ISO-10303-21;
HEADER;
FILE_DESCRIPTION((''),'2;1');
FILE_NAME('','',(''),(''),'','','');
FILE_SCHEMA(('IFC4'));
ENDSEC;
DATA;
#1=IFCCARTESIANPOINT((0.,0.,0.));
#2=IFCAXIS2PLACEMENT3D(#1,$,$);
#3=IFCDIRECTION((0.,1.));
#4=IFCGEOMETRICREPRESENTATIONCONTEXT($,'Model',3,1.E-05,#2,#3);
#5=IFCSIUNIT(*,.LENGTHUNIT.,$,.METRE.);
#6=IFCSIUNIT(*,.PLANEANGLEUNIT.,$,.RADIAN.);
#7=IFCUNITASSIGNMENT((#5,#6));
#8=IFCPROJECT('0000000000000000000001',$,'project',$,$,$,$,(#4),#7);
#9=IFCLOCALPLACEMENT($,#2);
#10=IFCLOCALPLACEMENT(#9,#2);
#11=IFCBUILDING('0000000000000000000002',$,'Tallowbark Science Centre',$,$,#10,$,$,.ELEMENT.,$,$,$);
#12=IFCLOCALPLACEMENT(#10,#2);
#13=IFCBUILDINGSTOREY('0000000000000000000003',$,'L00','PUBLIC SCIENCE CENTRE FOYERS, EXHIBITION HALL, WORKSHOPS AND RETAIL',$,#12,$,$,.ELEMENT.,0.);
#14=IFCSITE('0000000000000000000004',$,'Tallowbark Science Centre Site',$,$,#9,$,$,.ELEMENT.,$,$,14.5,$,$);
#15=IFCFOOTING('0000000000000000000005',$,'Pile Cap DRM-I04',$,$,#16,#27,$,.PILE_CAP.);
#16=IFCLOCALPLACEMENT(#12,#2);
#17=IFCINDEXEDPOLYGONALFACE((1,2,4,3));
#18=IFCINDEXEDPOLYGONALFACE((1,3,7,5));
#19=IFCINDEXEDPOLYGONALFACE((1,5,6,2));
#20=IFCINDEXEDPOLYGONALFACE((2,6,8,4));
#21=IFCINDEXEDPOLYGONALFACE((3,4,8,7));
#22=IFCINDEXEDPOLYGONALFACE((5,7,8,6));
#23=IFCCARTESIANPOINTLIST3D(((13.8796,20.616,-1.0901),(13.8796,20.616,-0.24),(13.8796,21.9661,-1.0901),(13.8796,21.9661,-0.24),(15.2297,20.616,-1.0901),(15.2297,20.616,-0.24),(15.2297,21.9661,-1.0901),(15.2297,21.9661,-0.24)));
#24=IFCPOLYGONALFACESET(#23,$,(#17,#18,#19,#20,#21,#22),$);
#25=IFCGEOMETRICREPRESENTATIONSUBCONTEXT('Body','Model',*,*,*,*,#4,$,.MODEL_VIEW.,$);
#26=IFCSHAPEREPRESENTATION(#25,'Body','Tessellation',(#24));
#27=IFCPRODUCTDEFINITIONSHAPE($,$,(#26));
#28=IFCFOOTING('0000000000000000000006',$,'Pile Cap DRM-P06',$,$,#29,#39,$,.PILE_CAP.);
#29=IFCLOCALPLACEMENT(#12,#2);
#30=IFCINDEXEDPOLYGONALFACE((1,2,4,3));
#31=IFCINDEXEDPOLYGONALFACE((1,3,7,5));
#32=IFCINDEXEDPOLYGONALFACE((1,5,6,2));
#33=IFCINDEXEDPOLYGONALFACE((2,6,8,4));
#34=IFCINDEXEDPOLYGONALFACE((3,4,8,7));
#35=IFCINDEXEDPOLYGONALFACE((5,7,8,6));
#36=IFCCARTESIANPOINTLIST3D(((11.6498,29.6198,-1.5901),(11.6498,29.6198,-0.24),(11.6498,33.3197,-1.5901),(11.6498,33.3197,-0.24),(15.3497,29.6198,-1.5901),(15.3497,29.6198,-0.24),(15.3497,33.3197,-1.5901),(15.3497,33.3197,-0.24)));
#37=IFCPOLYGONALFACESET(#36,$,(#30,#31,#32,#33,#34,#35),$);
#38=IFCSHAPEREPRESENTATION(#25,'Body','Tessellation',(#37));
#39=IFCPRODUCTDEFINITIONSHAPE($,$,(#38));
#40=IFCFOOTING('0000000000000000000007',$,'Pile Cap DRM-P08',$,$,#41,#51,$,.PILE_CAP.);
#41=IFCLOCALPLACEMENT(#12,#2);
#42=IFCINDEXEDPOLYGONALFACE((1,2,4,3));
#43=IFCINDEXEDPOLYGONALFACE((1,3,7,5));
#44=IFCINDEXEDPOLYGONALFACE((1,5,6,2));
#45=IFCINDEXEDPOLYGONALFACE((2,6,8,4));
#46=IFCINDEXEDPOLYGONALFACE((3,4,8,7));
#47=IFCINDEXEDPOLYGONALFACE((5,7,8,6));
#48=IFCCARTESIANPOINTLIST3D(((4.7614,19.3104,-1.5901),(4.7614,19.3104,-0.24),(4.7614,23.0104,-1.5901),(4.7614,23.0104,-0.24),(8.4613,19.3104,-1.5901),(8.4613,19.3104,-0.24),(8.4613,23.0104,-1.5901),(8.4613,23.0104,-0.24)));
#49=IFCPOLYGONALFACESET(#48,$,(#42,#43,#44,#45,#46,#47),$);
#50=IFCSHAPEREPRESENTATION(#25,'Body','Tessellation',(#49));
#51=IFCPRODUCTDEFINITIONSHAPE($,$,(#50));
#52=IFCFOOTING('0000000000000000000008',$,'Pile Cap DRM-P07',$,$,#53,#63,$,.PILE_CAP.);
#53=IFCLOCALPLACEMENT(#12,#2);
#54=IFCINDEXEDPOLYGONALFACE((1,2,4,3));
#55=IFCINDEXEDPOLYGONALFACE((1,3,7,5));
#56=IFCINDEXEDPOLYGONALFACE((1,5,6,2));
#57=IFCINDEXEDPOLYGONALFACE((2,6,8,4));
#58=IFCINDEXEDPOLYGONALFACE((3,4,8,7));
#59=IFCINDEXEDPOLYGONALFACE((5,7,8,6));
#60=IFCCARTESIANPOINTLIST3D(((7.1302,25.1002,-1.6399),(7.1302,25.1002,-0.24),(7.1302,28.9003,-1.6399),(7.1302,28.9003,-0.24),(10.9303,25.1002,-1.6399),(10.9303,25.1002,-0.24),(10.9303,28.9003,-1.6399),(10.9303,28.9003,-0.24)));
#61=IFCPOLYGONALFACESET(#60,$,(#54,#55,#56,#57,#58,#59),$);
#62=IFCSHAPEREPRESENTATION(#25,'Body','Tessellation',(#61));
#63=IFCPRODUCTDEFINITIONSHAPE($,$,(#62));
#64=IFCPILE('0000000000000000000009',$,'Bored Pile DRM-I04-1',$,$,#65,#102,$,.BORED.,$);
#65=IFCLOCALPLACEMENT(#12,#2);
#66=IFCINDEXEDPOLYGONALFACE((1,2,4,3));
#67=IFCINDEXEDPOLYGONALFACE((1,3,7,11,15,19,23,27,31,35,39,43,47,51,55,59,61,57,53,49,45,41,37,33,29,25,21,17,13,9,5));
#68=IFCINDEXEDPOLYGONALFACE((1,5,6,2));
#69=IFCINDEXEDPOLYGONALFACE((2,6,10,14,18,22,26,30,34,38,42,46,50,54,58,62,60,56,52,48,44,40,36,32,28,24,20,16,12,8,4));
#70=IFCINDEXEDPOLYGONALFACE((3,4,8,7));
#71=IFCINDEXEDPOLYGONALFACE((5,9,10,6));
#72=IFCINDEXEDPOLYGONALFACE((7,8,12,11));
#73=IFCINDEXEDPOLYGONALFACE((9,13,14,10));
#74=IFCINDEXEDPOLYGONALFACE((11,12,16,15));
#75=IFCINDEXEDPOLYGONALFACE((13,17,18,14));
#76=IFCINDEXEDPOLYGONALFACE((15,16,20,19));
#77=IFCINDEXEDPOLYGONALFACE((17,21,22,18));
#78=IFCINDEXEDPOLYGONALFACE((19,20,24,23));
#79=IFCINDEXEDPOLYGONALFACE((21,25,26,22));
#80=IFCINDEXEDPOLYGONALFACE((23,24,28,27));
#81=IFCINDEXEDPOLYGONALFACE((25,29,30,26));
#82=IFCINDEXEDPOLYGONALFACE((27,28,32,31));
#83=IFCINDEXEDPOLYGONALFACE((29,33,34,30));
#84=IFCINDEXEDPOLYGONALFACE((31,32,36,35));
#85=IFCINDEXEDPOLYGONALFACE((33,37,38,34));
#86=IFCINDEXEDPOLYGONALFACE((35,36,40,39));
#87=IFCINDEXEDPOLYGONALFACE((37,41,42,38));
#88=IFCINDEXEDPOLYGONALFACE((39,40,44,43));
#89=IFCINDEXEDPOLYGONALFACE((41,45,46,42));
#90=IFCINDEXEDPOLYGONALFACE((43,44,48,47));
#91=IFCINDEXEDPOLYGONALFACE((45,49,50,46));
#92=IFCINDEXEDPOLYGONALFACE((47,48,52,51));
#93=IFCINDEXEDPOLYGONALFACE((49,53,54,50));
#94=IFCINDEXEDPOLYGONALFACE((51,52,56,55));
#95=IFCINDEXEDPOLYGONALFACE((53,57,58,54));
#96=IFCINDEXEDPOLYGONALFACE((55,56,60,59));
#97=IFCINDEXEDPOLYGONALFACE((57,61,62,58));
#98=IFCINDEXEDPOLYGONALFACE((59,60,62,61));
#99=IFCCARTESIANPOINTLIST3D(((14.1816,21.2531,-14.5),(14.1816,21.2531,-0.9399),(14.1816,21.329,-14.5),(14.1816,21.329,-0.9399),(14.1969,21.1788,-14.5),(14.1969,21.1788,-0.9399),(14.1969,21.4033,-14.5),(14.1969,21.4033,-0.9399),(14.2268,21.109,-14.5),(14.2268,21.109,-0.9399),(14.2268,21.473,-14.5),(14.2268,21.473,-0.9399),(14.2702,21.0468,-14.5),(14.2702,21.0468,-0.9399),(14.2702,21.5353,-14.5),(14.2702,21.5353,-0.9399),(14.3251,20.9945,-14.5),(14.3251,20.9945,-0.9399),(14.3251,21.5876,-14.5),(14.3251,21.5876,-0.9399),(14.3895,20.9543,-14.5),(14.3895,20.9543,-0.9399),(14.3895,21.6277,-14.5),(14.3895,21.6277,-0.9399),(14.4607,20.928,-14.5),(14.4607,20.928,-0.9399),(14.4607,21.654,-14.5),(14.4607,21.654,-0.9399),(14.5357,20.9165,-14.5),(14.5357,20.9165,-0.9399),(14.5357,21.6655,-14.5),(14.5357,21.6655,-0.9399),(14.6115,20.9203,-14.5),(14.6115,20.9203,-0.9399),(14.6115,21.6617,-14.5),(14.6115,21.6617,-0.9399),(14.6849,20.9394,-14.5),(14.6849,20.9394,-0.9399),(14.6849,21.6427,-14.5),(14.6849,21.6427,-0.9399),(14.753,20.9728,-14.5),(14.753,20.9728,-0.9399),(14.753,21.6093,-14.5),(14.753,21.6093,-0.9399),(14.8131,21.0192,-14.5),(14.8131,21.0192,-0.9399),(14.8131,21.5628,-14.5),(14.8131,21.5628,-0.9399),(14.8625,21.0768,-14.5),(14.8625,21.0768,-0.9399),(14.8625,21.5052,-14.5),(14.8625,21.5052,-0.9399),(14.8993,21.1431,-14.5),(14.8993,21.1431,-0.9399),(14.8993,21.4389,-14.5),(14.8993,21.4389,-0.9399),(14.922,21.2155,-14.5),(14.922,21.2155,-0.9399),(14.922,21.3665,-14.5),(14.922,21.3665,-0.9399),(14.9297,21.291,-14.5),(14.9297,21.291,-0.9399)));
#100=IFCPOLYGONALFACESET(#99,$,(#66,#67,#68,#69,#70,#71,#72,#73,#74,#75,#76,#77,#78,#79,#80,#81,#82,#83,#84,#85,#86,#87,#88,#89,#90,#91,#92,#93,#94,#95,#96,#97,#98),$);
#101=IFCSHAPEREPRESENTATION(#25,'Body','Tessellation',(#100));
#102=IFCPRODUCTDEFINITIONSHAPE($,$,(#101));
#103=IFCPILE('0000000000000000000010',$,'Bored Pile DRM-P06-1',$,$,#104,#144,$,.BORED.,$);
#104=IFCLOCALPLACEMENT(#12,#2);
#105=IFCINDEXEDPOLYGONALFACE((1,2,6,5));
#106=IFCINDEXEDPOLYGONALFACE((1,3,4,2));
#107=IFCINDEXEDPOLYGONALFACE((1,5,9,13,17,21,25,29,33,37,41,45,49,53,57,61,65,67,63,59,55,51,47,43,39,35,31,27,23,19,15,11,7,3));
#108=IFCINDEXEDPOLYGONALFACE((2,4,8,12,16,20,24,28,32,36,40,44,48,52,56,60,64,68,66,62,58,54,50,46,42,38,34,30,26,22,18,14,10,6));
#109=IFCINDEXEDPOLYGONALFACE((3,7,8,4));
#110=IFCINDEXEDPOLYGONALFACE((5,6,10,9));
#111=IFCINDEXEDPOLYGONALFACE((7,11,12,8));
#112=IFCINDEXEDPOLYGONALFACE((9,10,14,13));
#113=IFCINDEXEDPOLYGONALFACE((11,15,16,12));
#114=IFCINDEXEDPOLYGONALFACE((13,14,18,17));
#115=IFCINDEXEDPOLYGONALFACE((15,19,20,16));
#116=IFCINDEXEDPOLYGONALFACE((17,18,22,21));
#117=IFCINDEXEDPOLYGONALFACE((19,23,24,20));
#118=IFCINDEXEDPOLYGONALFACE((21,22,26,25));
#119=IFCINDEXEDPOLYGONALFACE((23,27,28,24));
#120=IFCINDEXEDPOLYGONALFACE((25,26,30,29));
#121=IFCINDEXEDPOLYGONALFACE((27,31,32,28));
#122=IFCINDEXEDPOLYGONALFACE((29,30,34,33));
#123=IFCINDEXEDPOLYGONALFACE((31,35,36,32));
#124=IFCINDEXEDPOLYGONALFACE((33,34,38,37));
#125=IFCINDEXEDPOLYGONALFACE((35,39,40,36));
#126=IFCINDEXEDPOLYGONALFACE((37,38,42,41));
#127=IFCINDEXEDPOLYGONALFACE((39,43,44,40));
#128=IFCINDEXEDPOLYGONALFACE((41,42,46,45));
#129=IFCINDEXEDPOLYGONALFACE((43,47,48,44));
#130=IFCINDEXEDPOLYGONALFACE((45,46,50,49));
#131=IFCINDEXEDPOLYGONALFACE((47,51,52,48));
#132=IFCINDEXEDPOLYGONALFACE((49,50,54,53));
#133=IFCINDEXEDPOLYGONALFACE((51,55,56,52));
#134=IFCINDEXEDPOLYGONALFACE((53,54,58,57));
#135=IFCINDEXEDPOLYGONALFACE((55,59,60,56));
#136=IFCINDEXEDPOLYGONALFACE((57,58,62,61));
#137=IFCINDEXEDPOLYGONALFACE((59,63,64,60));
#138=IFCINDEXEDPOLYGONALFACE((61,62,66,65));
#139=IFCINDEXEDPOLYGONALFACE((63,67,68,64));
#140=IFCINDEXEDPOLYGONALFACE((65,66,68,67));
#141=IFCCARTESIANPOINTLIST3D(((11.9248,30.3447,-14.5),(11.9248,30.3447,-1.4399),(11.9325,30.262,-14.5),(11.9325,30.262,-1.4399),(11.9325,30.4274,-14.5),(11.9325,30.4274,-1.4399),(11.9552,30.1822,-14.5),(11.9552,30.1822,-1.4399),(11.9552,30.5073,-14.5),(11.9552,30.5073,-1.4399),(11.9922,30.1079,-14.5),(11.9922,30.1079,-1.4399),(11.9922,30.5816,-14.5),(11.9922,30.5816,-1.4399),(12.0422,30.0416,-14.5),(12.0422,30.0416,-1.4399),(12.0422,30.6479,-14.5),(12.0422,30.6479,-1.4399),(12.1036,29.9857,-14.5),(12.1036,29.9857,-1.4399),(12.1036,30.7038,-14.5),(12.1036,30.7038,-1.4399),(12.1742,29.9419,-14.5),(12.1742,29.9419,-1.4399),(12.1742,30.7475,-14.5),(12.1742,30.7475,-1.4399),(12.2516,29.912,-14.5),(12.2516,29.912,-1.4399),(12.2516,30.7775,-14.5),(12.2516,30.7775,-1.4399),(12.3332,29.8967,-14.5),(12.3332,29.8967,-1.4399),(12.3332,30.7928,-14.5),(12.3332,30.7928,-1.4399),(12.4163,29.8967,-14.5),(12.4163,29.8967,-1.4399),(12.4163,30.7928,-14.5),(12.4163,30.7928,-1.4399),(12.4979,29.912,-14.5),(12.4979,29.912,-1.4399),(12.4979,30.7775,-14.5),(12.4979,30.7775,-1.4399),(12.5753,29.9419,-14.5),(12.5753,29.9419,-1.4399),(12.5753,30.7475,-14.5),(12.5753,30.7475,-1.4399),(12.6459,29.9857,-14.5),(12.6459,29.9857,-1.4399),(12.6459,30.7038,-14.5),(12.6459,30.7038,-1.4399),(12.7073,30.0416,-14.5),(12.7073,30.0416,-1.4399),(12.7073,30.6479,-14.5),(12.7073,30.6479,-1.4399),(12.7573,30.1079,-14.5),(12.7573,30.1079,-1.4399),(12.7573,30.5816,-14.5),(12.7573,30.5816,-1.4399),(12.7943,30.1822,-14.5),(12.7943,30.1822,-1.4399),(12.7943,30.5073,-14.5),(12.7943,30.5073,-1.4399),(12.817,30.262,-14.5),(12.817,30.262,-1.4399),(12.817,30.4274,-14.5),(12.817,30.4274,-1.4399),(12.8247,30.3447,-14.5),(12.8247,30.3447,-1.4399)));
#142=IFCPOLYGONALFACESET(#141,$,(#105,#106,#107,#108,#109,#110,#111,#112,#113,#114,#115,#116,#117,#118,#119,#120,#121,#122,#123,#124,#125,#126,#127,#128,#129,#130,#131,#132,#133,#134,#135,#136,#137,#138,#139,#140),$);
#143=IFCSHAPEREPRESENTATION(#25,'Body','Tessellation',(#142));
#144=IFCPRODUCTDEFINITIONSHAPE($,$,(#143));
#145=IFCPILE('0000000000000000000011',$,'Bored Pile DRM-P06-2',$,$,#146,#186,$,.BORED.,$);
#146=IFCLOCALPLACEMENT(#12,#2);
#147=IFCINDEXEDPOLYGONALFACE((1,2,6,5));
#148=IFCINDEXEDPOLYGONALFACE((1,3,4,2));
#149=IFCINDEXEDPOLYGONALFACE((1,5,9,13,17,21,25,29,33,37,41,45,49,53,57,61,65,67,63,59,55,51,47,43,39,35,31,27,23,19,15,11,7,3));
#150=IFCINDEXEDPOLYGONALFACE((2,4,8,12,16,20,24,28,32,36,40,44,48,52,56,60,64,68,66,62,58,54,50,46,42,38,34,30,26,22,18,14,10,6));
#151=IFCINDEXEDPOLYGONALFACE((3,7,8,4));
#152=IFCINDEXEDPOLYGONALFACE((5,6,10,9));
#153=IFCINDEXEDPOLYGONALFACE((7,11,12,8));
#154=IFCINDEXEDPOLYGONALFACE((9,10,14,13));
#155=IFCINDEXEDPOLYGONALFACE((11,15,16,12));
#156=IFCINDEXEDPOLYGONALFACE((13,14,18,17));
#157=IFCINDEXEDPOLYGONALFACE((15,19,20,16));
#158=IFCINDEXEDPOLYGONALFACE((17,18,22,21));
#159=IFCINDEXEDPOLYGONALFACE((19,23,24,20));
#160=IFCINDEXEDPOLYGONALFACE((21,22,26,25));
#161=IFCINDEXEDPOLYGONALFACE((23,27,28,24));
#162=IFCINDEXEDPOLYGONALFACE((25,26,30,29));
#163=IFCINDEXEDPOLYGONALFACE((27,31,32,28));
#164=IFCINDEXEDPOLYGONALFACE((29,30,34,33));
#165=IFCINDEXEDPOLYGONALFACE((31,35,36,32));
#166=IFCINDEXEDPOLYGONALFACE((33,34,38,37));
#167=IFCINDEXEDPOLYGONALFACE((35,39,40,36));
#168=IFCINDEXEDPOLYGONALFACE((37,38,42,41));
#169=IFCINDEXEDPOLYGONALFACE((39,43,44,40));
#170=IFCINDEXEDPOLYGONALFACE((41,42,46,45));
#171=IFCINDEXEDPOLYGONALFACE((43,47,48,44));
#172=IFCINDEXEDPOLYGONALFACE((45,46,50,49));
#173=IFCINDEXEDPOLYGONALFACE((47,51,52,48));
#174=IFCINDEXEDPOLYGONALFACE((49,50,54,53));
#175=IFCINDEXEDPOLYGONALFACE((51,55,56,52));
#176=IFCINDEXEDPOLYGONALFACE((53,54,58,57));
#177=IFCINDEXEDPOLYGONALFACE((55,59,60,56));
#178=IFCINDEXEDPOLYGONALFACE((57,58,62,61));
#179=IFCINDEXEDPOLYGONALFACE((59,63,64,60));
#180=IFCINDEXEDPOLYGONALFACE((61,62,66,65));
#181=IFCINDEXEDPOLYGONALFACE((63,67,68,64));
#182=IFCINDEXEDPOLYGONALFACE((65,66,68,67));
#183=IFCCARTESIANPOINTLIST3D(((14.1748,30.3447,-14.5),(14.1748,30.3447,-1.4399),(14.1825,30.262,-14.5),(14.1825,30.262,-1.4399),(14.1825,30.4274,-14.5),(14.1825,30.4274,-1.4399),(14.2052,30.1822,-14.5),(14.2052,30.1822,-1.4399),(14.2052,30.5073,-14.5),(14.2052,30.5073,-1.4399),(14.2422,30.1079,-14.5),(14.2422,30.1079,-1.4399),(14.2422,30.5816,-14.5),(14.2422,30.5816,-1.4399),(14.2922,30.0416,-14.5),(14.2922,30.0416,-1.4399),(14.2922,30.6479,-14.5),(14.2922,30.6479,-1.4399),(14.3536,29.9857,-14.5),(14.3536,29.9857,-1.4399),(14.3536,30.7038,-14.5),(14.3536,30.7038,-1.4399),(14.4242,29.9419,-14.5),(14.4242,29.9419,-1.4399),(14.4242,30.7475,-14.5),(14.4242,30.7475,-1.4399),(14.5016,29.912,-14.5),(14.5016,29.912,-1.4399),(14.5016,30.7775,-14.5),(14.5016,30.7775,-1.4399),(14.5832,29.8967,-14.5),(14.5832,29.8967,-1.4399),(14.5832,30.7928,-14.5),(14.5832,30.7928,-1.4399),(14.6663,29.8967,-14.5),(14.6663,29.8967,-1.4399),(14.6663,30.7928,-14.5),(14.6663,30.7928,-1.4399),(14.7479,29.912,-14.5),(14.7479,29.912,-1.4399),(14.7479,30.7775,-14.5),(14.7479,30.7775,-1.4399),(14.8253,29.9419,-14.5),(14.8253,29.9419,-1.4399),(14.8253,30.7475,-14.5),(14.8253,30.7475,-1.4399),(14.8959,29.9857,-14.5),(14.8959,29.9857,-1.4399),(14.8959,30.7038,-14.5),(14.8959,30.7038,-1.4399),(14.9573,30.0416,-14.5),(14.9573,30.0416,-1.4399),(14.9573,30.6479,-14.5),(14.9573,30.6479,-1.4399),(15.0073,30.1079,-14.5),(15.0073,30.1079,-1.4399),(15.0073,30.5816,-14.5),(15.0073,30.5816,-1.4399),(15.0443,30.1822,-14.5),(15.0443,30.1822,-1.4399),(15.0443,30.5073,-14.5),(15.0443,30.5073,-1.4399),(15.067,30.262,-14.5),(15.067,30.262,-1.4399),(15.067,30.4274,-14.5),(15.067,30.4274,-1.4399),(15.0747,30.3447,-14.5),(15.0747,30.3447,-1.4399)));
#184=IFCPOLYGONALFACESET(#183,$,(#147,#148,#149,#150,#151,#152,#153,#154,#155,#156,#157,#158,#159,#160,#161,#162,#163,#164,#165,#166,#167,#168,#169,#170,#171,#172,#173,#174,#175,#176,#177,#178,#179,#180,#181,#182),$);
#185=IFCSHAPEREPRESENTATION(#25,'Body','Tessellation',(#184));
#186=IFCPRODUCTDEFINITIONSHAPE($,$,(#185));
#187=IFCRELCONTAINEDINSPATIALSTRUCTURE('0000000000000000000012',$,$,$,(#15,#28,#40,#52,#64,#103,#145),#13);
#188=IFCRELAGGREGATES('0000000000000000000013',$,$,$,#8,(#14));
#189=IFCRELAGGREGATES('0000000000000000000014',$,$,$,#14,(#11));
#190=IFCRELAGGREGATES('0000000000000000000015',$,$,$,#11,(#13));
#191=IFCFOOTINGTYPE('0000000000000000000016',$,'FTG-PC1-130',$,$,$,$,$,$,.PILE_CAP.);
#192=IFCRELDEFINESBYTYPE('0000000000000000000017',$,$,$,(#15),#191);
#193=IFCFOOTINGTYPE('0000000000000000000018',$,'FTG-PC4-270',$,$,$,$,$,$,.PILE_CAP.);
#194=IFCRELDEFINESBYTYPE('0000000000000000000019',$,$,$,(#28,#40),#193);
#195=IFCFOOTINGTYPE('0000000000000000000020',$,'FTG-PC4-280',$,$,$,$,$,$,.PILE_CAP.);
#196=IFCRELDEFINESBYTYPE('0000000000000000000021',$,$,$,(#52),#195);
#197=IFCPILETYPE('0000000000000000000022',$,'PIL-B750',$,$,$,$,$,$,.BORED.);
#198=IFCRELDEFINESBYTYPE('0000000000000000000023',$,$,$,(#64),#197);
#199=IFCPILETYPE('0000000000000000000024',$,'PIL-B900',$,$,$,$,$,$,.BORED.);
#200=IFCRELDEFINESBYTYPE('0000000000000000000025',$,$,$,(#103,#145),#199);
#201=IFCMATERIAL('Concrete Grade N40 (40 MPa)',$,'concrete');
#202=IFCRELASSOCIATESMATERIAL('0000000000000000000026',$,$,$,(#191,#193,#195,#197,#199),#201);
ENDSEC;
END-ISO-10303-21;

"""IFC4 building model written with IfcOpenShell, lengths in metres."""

from ifc_helpers import new_model, si_unit, direction, frame, origin, origin_2d, place, context, subcontext, project, spatial, rectangle, circle, extrude, material, material_profile, profile_set, type_object, element, save


model = new_model("IFC4")

# Units and contexts
model_context = context("Model", 3, precision=1e-05, world=origin(), true_north=direction((0.0, 1.0)))
body_context = subcontext(model_context, "Body", "Model", "MODEL_VIEW")
ifc_project = project(units=[si_unit("LENGTHUNIT", "METRE"), si_unit("PLANEANGLEUNIT", "RADIAN")], contexts=[model_context])

# Site, building, storey
site_placement = place(None, origin())
site = spatial("IfcSite", under=ifc_project, at=site_placement, Name="Tallowbark Science Centre Site", CompositionType="ELEMENT", RefElevation=14.5)
building_placement = place(site_placement, origin())
building = spatial("IfcBuilding", under=site, at=building_placement, Name="Tallowbark Science Centre", CompositionType="ELEMENT")
storey_placement = place(building_placement, origin())
storey = spatial("IfcBuildingStorey", under=building, at=storey_placement, Name="L00", Description="PUBLIC SCIENCE CENTRE FOYERS, EXHIBITION HALL, WORKSHOPS AND RETAIL", CompositionType="ELEMENT", Elevation=0.0)

# Footings
ifc_material_1 = material(Name="Concrete Grade N40 (40 MPa)", Category="concrete")
footing_type_1 = type_object("IfcFootingType", Name="FTG-PC1-130", PredefinedType="PILE_CAP", material=ifc_material_1)
footing_1_placement = place(storey_placement, frame((14.5547, 21.291, -1.0901), z_axis=(0.0, 0.0, 1.0), x_axis=(1.0, 0.0, 0.0)))
element("IfcFooting", 1, at=footing_1_placement, inside=storey, type_object=footing_type_1, Name="Pile Cap DRM-I04", PredefinedType="PILE_CAP", context=body_context, shape_type="SweptSolid", body=[
    extrude(rectangle(XDim=1.3501, YDim=1.3501, at=origin_2d()), origin(), (0.0, 0.0, 1.0), 0.8501),
])
footing_type_2 = type_object("IfcFootingType", Name="FTG-PC4-270", PredefinedType="PILE_CAP", material=ifc_material_1)
for number, where, z_axis, x_axis, name in (
    (2, (13.4998, 31.4697, -1.5901), (0.0, 0.0, 1.0), (1.0, 0.0, 0.0), "Pile Cap DRM-P06"),
    (3, (6.6113, 21.1604, -1.5901), (0.0, 0.0, 1.0), (1.0, 0.0, 0.0), "Pile Cap DRM-P08"),
):
    element("IfcFooting", number, at=place(storey_placement, frame(where, z_axis=z_axis, x_axis=x_axis)), inside=storey, type_object=footing_type_2, Name=name, PredefinedType="PILE_CAP", context=body_context, shape_type="SweptSolid", body=[
        extrude(rectangle(XDim=3.7, YDim=3.7, at=origin_2d()), origin(), (0.0, 0.0, 1.0), 1.3501),
    ])
footing_type_3 = type_object("IfcFootingType", Name="FTG-PC4-280", PredefinedType="PILE_CAP", material=ifc_material_1)
footing_2_placement = place(storey_placement, frame((9.0303, 27.0002, -1.6399), z_axis=(0.0, 0.0, 1.0), x_axis=(1.0, 0.0, 0.0)))
element("IfcFooting", 4, at=footing_2_placement, inside=storey, type_object=footing_type_3, Name="Pile Cap DRM-P07", PredefinedType="PILE_CAP", context=body_context, shape_type="SweptSolid", body=[
    extrude(rectangle(XDim=3.8, YDim=3.8, at=origin_2d()), origin(), (0.0, 0.0, 1.0), 1.3999),
])

# Piles
ifc_material_profile_1 = material_profile(ifc_material_1, circle(Radius=0.375, at=origin_2d()), Name="PILE750")
ifc_profile_set_1 = profile_set([ifc_material_profile_1], Name="Concrete Grade N40 (40 MPa)")
pile_type_1 = type_object("IfcPileType", Name="PIL-B750", PredefinedType="BORED", material=ifc_profile_set_1)
pile_placement = place(storey_placement, frame((14.5547, 21.291, -0.9399), z_axis=(0.0, 0.0, -1.0), x_axis=(1.0, 0.0, 0.0)))
element("IfcPile", 5, at=pile_placement, inside=storey, type_object=pile_type_1, Name="Bored Pile DRM-I04-1", PredefinedType="BORED", context=body_context, shape_type="SweptSolid", body=[
    extrude(circle(Radius=0.375, at=origin_2d()), origin(), (0.0, 0.0, 1.0), 13.5601),
])
ifc_material_profile_2 = material_profile(ifc_material_1, circle(Radius=0.45, at=origin_2d()), Name="PILE900")
ifc_profile_set_2 = profile_set([ifc_material_profile_2], Name="Concrete Grade N40 (40 MPa)")
pile_type_2 = type_object("IfcPileType", Name="PIL-B900", PredefinedType="BORED", material=ifc_profile_set_2)
for number, where, z_axis, x_axis, name in (
    (6, (12.3748, 30.3447, -1.4399), (0.0, 0.0, -1.0), (1.0, 0.0, 0.0), "Bored Pile DRM-P06-1"),
    (7, (14.6248, 30.3447, -1.4399), (0.0, 0.0, -1.0), (1.0, 0.0, 0.0), "Bored Pile DRM-P06-2"),
):
    element("IfcPile", number, at=place(storey_placement, frame(where, z_axis=z_axis, x_axis=x_axis)), inside=storey, type_object=pile_type_2, Name=name, PredefinedType="BORED", context=body_context, shape_type="SweptSolid", body=[
        extrude(circle(Radius=0.45, at=origin_2d()), origin(), (0.0, 0.0, 1.0), 13.0601),
    ])

save(model, "model.ifc")
